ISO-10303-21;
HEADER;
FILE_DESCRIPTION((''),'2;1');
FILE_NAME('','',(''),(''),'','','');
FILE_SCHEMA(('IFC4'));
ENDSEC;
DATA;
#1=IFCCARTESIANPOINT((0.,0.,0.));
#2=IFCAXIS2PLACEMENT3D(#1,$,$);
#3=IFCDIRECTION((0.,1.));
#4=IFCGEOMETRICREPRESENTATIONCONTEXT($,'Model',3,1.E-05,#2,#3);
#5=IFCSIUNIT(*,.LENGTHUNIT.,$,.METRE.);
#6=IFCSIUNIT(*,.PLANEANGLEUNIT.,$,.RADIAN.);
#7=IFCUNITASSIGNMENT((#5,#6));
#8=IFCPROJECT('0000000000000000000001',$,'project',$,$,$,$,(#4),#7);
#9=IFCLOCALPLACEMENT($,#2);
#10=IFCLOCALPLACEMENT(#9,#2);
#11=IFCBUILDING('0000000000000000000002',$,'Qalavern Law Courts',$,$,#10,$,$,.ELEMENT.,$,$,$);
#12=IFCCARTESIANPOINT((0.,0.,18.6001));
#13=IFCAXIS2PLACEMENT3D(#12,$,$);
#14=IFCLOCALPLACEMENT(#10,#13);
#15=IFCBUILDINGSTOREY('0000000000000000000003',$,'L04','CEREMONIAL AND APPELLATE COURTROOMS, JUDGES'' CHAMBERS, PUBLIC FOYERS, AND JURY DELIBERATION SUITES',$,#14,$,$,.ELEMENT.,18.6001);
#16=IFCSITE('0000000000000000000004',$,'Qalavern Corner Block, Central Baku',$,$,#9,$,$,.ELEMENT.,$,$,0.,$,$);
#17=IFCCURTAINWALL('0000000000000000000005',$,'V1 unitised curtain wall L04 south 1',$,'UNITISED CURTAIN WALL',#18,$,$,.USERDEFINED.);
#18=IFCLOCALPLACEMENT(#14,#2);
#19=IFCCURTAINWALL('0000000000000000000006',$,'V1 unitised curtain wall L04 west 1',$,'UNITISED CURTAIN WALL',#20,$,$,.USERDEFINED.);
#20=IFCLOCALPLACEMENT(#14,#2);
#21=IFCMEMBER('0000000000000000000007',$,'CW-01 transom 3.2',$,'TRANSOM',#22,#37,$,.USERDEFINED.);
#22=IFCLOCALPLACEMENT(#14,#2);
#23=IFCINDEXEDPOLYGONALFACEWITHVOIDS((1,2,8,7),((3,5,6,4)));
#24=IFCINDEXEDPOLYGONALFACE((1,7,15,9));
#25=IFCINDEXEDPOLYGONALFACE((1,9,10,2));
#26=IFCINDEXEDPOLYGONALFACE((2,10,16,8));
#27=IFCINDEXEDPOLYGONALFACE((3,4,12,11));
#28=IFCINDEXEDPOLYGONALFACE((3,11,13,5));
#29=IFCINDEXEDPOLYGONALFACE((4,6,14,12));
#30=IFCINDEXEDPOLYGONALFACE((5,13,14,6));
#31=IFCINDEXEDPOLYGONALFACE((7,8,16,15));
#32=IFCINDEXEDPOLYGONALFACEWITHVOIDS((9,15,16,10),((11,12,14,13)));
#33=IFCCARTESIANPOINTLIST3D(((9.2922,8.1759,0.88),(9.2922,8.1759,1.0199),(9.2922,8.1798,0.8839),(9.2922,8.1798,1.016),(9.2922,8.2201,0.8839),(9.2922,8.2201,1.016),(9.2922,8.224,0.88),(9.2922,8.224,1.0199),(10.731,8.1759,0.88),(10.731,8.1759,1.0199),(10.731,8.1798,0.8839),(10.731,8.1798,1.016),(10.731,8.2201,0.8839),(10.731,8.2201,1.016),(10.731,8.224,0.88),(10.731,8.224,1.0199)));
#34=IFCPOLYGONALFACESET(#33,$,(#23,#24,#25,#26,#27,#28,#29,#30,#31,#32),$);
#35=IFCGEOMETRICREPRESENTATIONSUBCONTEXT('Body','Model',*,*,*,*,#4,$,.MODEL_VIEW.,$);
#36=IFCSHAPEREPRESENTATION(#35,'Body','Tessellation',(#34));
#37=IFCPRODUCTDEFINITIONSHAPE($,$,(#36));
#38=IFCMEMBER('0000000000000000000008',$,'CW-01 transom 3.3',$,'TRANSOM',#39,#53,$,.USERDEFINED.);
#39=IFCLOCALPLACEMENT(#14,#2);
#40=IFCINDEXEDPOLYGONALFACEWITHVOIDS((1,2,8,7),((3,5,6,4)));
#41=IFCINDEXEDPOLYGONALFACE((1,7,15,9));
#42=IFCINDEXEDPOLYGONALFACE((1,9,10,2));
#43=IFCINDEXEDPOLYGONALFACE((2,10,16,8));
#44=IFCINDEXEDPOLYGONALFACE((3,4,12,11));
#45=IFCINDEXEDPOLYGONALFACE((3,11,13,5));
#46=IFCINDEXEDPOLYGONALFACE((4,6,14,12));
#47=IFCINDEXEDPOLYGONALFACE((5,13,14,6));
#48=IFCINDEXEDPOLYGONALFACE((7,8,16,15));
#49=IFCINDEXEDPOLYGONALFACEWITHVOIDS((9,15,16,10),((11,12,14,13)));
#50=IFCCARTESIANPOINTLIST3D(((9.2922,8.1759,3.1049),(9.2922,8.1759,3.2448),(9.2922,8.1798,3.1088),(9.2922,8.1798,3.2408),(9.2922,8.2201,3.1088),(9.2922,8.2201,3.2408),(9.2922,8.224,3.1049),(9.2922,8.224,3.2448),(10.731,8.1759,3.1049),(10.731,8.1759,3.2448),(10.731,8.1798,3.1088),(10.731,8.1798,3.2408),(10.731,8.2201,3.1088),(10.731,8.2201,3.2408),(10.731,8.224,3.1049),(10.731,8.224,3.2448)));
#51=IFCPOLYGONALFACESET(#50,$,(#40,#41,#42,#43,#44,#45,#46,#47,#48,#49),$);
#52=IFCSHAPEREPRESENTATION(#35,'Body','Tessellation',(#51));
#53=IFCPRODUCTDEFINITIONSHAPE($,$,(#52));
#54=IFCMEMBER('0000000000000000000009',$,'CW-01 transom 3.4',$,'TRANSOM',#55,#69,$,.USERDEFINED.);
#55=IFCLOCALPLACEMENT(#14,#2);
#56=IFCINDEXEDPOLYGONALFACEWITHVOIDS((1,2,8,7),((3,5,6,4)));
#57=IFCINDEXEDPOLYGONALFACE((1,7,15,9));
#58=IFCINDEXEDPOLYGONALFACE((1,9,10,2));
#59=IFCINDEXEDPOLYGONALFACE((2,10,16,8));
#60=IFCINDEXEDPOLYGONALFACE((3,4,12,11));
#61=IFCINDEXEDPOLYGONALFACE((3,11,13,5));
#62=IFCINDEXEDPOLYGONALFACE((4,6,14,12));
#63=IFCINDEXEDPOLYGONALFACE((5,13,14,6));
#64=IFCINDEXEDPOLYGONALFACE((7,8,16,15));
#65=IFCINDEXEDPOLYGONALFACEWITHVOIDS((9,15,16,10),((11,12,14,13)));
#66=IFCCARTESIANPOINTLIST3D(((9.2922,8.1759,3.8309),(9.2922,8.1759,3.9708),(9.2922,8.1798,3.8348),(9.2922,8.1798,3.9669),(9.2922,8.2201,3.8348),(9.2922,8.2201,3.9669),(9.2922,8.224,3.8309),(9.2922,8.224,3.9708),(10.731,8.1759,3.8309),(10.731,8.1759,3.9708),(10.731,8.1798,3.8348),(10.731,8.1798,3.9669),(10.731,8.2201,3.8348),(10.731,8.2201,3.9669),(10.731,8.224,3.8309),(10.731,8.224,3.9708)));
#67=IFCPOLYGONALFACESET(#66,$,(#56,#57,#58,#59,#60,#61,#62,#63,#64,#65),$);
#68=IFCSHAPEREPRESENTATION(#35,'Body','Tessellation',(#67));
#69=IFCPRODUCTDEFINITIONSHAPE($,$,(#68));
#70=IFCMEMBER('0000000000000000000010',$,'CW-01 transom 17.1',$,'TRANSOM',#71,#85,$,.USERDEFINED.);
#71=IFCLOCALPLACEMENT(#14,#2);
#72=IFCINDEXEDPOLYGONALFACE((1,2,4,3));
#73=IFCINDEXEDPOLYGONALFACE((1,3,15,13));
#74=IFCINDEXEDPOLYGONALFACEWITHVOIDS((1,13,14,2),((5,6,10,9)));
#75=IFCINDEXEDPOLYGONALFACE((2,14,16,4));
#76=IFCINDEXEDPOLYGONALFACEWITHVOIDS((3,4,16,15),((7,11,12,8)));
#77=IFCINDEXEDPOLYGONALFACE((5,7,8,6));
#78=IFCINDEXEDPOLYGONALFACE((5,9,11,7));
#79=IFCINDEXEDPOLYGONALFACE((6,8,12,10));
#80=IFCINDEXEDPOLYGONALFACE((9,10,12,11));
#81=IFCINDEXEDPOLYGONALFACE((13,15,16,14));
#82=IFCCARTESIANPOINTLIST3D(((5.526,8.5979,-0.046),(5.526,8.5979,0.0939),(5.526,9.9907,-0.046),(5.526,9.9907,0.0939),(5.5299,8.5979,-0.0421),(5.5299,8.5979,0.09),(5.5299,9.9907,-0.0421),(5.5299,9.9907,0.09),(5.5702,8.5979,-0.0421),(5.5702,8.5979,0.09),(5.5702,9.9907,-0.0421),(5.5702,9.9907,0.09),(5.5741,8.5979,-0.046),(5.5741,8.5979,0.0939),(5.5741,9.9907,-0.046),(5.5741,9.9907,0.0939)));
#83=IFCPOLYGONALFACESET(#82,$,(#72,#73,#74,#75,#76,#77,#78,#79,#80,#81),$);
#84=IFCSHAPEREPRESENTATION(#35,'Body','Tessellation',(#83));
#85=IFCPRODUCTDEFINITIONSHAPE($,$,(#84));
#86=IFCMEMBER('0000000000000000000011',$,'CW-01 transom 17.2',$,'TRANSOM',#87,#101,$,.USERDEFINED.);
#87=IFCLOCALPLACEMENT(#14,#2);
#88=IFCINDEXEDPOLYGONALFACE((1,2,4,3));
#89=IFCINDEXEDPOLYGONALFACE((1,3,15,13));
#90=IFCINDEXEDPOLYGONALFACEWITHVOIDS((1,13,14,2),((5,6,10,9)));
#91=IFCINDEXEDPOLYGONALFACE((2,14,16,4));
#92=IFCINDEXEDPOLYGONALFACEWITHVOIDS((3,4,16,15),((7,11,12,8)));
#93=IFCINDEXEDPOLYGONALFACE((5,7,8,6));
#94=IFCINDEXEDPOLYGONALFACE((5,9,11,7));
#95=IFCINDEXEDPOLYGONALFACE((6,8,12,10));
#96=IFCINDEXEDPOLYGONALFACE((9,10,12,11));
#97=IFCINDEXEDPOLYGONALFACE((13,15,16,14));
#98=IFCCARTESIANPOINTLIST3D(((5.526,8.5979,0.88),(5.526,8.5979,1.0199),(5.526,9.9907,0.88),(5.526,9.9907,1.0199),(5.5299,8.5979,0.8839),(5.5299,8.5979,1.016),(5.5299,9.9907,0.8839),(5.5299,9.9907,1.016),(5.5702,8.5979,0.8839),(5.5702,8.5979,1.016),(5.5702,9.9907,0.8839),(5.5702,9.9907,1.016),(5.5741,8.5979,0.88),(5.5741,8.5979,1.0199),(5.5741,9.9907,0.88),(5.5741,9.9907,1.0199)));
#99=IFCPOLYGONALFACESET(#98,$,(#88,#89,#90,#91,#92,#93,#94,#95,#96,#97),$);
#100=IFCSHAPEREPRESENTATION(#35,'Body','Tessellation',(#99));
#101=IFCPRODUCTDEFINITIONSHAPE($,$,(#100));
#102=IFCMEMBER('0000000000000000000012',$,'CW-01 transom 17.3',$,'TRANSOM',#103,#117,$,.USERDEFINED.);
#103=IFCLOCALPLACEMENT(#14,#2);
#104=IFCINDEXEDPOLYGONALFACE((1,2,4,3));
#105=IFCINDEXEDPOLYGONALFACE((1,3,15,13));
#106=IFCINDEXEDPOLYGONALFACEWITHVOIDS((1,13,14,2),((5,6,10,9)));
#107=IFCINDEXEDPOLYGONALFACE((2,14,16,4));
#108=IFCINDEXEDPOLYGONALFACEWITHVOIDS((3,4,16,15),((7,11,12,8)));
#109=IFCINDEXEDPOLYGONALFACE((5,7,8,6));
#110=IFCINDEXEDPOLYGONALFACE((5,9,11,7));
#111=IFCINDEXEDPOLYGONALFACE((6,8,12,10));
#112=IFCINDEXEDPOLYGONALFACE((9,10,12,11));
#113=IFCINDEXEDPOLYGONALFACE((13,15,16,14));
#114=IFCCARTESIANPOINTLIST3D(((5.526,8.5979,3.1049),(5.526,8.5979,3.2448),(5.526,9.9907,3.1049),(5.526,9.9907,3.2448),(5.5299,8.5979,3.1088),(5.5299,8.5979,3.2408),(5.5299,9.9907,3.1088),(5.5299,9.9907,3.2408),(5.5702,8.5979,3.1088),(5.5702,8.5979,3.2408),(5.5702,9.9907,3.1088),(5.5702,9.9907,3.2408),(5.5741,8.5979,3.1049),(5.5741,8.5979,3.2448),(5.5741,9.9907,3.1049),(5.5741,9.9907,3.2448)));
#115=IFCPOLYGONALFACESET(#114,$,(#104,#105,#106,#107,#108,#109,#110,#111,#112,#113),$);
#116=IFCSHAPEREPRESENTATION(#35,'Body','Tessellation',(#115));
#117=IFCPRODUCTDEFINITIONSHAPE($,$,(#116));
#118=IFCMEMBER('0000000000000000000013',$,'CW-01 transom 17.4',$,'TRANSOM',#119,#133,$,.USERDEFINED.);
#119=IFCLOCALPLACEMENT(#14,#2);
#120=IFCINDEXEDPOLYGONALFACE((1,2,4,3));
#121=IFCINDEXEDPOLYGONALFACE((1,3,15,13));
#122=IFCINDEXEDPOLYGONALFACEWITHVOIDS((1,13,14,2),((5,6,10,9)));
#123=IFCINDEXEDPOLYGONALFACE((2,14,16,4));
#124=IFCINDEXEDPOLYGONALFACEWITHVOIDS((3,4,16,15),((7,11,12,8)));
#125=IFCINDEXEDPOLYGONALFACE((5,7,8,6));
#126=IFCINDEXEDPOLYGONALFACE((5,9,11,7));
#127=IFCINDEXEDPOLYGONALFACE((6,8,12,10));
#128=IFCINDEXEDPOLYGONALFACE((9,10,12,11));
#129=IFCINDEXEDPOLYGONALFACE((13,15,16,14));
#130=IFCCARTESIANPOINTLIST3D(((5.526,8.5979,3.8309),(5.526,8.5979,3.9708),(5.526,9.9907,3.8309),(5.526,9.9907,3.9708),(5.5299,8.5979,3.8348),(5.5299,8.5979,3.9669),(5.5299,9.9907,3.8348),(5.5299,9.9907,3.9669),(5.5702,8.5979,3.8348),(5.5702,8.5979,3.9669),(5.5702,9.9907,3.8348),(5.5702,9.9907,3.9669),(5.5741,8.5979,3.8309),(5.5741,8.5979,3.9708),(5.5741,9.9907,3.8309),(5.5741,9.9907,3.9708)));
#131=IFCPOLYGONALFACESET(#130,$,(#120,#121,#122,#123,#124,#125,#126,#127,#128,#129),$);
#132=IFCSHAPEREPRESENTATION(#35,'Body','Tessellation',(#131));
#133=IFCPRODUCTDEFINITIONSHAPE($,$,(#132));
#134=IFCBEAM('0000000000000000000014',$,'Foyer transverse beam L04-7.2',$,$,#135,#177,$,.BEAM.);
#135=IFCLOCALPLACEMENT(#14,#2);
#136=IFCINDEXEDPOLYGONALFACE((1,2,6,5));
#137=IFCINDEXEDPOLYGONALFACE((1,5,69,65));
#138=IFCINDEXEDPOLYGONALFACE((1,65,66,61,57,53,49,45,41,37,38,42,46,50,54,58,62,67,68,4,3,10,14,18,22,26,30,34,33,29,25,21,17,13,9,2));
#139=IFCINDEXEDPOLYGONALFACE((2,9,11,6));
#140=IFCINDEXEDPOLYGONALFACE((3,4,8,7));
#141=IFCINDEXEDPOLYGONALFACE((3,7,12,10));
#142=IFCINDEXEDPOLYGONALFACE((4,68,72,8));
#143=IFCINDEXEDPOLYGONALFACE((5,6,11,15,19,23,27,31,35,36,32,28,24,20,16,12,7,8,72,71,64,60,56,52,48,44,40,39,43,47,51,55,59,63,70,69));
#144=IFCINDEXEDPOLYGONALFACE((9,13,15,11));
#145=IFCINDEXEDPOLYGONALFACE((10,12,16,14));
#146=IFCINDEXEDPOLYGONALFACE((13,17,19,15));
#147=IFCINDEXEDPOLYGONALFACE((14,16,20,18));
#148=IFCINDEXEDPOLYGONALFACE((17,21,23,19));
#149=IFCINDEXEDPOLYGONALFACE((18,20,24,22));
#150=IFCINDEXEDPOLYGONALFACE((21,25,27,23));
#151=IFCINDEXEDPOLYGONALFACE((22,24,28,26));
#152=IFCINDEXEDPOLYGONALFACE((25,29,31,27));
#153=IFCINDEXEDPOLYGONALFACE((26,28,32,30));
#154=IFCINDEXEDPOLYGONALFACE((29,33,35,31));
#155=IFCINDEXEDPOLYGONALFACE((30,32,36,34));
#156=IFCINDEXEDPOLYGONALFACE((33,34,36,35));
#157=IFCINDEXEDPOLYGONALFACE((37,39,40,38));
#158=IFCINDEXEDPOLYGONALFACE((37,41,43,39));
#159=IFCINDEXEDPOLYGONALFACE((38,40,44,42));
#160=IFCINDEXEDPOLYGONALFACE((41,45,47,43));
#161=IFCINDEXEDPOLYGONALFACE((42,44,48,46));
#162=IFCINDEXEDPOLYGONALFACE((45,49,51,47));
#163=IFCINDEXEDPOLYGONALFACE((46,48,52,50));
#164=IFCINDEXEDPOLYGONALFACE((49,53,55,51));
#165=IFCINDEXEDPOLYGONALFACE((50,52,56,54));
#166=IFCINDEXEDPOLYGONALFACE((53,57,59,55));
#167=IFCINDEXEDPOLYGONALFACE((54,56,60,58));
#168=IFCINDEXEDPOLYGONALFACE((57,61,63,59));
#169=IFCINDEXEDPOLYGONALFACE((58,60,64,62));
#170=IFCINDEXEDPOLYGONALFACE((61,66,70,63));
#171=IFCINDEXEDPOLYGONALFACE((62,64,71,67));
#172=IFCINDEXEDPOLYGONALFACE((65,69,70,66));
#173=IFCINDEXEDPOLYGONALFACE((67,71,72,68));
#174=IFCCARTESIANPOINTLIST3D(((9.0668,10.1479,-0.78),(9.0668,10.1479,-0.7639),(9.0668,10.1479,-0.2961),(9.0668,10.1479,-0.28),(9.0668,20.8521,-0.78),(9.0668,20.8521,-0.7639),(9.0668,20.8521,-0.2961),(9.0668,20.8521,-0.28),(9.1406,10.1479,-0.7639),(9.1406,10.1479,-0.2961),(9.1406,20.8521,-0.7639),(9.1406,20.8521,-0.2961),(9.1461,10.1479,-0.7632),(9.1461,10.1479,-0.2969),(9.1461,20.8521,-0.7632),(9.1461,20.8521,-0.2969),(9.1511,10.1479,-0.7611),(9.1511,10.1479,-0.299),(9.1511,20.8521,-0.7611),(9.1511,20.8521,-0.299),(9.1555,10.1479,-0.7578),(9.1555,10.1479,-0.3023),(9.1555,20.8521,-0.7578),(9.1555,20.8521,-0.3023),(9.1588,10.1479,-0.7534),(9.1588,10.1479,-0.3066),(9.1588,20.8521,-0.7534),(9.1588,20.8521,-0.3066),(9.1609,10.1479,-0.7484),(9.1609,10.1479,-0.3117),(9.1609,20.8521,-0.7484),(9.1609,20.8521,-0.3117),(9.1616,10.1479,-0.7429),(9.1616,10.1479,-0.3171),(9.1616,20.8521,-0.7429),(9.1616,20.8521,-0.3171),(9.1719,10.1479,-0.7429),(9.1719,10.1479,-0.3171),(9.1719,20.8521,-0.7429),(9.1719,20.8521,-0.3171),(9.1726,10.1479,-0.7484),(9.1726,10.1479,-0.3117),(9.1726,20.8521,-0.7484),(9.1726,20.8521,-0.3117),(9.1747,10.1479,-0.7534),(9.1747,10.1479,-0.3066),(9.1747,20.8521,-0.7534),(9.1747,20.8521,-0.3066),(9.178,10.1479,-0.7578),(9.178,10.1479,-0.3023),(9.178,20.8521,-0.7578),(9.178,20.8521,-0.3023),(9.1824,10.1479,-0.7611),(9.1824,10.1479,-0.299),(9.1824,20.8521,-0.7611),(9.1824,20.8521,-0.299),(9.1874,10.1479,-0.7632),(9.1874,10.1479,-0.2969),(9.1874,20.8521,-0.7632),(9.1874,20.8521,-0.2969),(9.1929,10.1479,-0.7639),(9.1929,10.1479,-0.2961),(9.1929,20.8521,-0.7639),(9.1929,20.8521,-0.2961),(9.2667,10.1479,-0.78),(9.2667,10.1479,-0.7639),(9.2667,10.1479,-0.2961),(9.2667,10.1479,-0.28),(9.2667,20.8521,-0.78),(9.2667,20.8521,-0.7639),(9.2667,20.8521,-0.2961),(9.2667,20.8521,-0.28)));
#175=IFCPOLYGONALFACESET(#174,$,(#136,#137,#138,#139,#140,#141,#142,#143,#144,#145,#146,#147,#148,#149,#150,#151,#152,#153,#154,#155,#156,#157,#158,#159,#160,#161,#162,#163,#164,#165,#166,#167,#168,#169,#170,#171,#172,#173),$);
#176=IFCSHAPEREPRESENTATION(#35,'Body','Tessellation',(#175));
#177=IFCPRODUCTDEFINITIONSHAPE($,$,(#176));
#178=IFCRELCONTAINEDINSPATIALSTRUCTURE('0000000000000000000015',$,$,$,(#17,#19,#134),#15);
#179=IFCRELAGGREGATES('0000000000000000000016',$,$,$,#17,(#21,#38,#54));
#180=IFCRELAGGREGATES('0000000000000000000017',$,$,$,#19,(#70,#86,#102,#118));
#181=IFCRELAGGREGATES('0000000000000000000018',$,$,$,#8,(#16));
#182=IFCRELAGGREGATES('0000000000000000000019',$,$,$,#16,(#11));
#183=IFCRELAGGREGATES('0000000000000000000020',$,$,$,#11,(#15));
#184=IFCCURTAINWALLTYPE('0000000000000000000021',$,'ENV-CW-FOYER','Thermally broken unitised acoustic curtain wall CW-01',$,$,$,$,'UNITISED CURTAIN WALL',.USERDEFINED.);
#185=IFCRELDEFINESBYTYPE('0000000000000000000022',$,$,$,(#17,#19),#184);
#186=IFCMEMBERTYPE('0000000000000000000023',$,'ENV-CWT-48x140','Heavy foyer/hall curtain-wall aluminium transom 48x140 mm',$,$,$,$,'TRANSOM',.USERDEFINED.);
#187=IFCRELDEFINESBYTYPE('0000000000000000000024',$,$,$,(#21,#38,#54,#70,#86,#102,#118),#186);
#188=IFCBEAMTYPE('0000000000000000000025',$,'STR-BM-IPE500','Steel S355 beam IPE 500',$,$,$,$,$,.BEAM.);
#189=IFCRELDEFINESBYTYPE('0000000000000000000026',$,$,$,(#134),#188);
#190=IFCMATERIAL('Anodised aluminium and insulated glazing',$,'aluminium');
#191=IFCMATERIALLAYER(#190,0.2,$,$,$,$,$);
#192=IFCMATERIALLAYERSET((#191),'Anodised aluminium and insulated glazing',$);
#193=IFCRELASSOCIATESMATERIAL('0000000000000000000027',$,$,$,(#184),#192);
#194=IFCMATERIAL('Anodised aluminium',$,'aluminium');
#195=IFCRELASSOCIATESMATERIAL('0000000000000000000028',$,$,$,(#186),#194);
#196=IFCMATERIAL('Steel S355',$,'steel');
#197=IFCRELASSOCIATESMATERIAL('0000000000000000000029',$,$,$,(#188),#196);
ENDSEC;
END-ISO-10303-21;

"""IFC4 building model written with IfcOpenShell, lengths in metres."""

from ifc_helpers import new_model, si_unit, direction, frame, origin, origin_2d, place, context, subcontext, project, spatial, hollow_rectangle, i_section, extrude, material, layer, layer_set, material_profile, profile_set, type_object, element, aggregate, save


model = new_model("IFC4")

# Units and contexts
model_context = context("Model", 3, precision=1e-05, world=origin(), true_north=direction((0.0, 1.0)))
body_context = subcontext(model_context, "Body", "Model", "MODEL_VIEW")
ifc_project = project(units=[si_unit("LENGTHUNIT", "METRE"), si_unit("PLANEANGLEUNIT", "RADIAN")], contexts=[model_context])

# Site, building, storey
site_placement = place(None, origin())
site = spatial("IfcSite", under=ifc_project, at=site_placement, Name="Qalavern Corner Block, Central Baku", CompositionType="ELEMENT", RefElevation=0.0)
building_placement = place(site_placement, origin())
building = spatial("IfcBuilding", under=site, at=building_placement, Name="Qalavern Law Courts", CompositionType="ELEMENT")
storey_placement = place(building_placement, frame((0.0, 0.0, 18.6001)))
storey = spatial("IfcBuildingStorey", under=building, at=storey_placement, Name="L04", Description="CEREMONIAL AND APPELLATE COURTROOMS, JUDGES' CHAMBERS, PUBLIC FOYERS, AND JURY DELIBERATION SUITES", CompositionType="ELEMENT", Elevation=18.6001)

# Curtain walls
ifc_material_1 = material(Name="Anodised aluminium and insulated glazing", Category="aluminium")
ifc_layer_1 = layer(ifc_material_1, 0.2)
ifc_layer_set_1 = layer_set([ifc_layer_1], Name="Anodised aluminium and insulated glazing")
curtain_wall_type = type_object("IfcCurtainWallType", Name="ENV-CW-FOYER", Description="Thermally broken unitised acoustic curtain wall CW-01", ElementType="UNITISED CURTAIN WALL", PredefinedType="USERDEFINED", material=ifc_layer_set_1)
curtain_wall_1_placement = place(storey_placement, origin())
curtain_wall_1 = element("IfcCurtainWall", 1, at=curtain_wall_1_placement, inside=storey, type_object=curtain_wall_type, Name="V1 unitised curtain wall L04 south 1", ObjectType="UNITISED CURTAIN WALL", PredefinedType="USERDEFINED")
ifc_material_2 = material(Name="Anodised aluminium", Category="aluminium")
curtain_wall_2_placement = place(storey_placement, origin())
curtain_wall_2 = element("IfcCurtainWall", 2, at=curtain_wall_2_placement, inside=storey, type_object=curtain_wall_type, Name="V1 unitised curtain wall L04 west 1", ObjectType="UNITISED CURTAIN WALL", PredefinedType="USERDEFINED")

# Members
ifc_material_profile_1 = material_profile(ifc_material_2, hollow_rectangle(XDim=0.0481, YDim=0.1399, WallThickness=0.0039, at=origin_2d()), Name="ALU TRANSOM 48x140")
ifc_profile_set_1 = profile_set([ifc_material_profile_1], Name="Anodised aluminium")
member_type_1 = type_object("IfcMemberType", Name="ENV-CWT-48x140", Description="Heavy foyer/hall curtain-wall aluminium transom 48x140 mm", ElementType="TRANSOM", PredefinedType="USERDEFINED", material=ifc_profile_set_1)
member_1_placement = place(storey_placement, frame((9.2922, 8.2, 0.95), z_axis=(1.0, 0.0, 0.0), x_axis=(0.0, 1.0, 0.0)))
member_1 = element("IfcMember", 3, at=member_1_placement, type_object=member_type_1, Name="CW-01 transom 3.2", ObjectType="TRANSOM", PredefinedType="USERDEFINED", context=body_context, shape_type="SweptSolid", body=[
    extrude(hollow_rectangle(XDim=0.0481, YDim=0.1399, WallThickness=0.0039, at=origin_2d()), origin(), (0.0, 0.0, 1.0), 1.4387),
])
member_2_placement = place(storey_placement, frame((9.2922, 8.2, 3.1748), z_axis=(1.0, 0.0, 0.0), x_axis=(0.0, 1.0, 0.0)))
member_2 = element("IfcMember", 4, at=member_2_placement, type_object=member_type_1, Name="CW-01 transom 3.3", ObjectType="TRANSOM", PredefinedType="USERDEFINED", context=body_context, shape_type="SweptSolid", body=[
    extrude(hollow_rectangle(XDim=0.0481, YDim=0.1399, WallThickness=0.0039, at=origin_2d()), origin(), (0.0, 0.0, 1.0), 1.4387),
])
member_3_placement = place(storey_placement, frame((9.2922, 8.2, 3.9009), z_axis=(1.0, 0.0, 0.0), x_axis=(0.0, 1.0, 0.0)))
member_3 = element("IfcMember", 5, at=member_3_placement, type_object=member_type_1, Name="CW-01 transom 3.4", ObjectType="TRANSOM", PredefinedType="USERDEFINED", context=body_context, shape_type="SweptSolid", body=[
    extrude(hollow_rectangle(XDim=0.0481, YDim=0.1399, WallThickness=0.0039, at=origin_2d()), origin(), (0.0, 0.0, 1.0), 1.4387),
])
member_4_placement = place(storey_placement, frame((5.55, 9.9907, 0.0239), z_axis=(0.0, -1.0, 0.0), x_axis=(1.0, 0.0, 0.0)))
member_4 = element("IfcMember", 6, at=member_4_placement, type_object=member_type_1, Name="CW-01 transom 17.1", ObjectType="TRANSOM", PredefinedType="USERDEFINED", context=body_context, shape_type="SweptSolid", body=[
    extrude(hollow_rectangle(XDim=0.0481, YDim=0.1399, WallThickness=0.0039, at=origin_2d()), origin(), (0.0, 0.0, 1.0), 1.3928),
])
member_5_placement = place(storey_placement, frame((5.55, 9.9907, 0.95), z_axis=(0.0, -1.0, 0.0), x_axis=(1.0, 0.0, 0.0)))
member_5 = element("IfcMember", 7, at=member_5_placement, type_object=member_type_1, Name="CW-01 transom 17.2", ObjectType="TRANSOM", PredefinedType="USERDEFINED", context=body_context, shape_type="SweptSolid", body=[
    extrude(hollow_rectangle(XDim=0.0481, YDim=0.1399, WallThickness=0.0039, at=origin_2d()), origin(), (0.0, 0.0, 1.0), 1.3928),
])
member_6_placement = place(storey_placement, frame((5.55, 9.9907, 3.1748), z_axis=(0.0, -1.0, 0.0), x_axis=(1.0, 0.0, 0.0)))
member_6 = element("IfcMember", 8, at=member_6_placement, type_object=member_type_1, Name="CW-01 transom 17.3", ObjectType="TRANSOM", PredefinedType="USERDEFINED", context=body_context, shape_type="SweptSolid", body=[
    extrude(hollow_rectangle(XDim=0.0481, YDim=0.1399, WallThickness=0.0039, at=origin_2d()), origin(), (0.0, 0.0, 1.0), 1.3928),
])
member_7_placement = place(storey_placement, frame((5.55, 9.9907, 3.9009), z_axis=(0.0, -1.0, 0.0), x_axis=(1.0, 0.0, 0.0)))
member_7 = element("IfcMember", 9, at=member_7_placement, type_object=member_type_1, Name="CW-01 transom 17.4", ObjectType="TRANSOM", PredefinedType="USERDEFINED", context=body_context, shape_type="SweptSolid", body=[
    extrude(hollow_rectangle(XDim=0.0481, YDim=0.1399, WallThickness=0.0039, at=origin_2d()), origin(), (0.0, 0.0, 1.0), 1.3928),
])

# Beam
ifc_material_3 = material(Name="Steel S355", Category="steel")
ifc_material_profile_2 = material_profile(ifc_material_3, i_section(OverallWidth=0.2, OverallDepth=0.5, WebThickness=0.0103, FlangeThickness=0.0161, FilletRadius=0.021, at=origin_2d()), Name="IPE 500")
ifc_profile_set_2 = profile_set([ifc_material_profile_2], Name="Steel S355")
beam_type_1 = type_object("IfcBeamType", Name="STR-BM-IPE500", Description="Steel S355 beam IPE 500", PredefinedType="BEAM", material=ifc_profile_set_2)
beam_1_placement = place(storey_placement, frame((9.1667, 10.1479, -0.53), z_axis=(0.0, 1.0, 0.0), x_axis=(-1.0, 0.0, 0.0)))
element("IfcBeam", 10, at=beam_1_placement, inside=storey, type_object=beam_type_1, Name="Foyer transverse beam L04-7.2", PredefinedType="BEAM", context=body_context, shape_type="SweptSolid", body=[
    extrude(i_section(OverallWidth=0.2, OverallDepth=0.5, WebThickness=0.0103, FlangeThickness=0.0161, FilletRadius=0.021, at=origin_2d()), origin(), (0.0, 0.0, 1.0), 10.7041),
])

aggregate(curtain_wall_1, [member_1, member_2, member_3])
aggregate(curtain_wall_2, [member_4, member_5, member_6, member_7])

save(model, "model.ifc")
